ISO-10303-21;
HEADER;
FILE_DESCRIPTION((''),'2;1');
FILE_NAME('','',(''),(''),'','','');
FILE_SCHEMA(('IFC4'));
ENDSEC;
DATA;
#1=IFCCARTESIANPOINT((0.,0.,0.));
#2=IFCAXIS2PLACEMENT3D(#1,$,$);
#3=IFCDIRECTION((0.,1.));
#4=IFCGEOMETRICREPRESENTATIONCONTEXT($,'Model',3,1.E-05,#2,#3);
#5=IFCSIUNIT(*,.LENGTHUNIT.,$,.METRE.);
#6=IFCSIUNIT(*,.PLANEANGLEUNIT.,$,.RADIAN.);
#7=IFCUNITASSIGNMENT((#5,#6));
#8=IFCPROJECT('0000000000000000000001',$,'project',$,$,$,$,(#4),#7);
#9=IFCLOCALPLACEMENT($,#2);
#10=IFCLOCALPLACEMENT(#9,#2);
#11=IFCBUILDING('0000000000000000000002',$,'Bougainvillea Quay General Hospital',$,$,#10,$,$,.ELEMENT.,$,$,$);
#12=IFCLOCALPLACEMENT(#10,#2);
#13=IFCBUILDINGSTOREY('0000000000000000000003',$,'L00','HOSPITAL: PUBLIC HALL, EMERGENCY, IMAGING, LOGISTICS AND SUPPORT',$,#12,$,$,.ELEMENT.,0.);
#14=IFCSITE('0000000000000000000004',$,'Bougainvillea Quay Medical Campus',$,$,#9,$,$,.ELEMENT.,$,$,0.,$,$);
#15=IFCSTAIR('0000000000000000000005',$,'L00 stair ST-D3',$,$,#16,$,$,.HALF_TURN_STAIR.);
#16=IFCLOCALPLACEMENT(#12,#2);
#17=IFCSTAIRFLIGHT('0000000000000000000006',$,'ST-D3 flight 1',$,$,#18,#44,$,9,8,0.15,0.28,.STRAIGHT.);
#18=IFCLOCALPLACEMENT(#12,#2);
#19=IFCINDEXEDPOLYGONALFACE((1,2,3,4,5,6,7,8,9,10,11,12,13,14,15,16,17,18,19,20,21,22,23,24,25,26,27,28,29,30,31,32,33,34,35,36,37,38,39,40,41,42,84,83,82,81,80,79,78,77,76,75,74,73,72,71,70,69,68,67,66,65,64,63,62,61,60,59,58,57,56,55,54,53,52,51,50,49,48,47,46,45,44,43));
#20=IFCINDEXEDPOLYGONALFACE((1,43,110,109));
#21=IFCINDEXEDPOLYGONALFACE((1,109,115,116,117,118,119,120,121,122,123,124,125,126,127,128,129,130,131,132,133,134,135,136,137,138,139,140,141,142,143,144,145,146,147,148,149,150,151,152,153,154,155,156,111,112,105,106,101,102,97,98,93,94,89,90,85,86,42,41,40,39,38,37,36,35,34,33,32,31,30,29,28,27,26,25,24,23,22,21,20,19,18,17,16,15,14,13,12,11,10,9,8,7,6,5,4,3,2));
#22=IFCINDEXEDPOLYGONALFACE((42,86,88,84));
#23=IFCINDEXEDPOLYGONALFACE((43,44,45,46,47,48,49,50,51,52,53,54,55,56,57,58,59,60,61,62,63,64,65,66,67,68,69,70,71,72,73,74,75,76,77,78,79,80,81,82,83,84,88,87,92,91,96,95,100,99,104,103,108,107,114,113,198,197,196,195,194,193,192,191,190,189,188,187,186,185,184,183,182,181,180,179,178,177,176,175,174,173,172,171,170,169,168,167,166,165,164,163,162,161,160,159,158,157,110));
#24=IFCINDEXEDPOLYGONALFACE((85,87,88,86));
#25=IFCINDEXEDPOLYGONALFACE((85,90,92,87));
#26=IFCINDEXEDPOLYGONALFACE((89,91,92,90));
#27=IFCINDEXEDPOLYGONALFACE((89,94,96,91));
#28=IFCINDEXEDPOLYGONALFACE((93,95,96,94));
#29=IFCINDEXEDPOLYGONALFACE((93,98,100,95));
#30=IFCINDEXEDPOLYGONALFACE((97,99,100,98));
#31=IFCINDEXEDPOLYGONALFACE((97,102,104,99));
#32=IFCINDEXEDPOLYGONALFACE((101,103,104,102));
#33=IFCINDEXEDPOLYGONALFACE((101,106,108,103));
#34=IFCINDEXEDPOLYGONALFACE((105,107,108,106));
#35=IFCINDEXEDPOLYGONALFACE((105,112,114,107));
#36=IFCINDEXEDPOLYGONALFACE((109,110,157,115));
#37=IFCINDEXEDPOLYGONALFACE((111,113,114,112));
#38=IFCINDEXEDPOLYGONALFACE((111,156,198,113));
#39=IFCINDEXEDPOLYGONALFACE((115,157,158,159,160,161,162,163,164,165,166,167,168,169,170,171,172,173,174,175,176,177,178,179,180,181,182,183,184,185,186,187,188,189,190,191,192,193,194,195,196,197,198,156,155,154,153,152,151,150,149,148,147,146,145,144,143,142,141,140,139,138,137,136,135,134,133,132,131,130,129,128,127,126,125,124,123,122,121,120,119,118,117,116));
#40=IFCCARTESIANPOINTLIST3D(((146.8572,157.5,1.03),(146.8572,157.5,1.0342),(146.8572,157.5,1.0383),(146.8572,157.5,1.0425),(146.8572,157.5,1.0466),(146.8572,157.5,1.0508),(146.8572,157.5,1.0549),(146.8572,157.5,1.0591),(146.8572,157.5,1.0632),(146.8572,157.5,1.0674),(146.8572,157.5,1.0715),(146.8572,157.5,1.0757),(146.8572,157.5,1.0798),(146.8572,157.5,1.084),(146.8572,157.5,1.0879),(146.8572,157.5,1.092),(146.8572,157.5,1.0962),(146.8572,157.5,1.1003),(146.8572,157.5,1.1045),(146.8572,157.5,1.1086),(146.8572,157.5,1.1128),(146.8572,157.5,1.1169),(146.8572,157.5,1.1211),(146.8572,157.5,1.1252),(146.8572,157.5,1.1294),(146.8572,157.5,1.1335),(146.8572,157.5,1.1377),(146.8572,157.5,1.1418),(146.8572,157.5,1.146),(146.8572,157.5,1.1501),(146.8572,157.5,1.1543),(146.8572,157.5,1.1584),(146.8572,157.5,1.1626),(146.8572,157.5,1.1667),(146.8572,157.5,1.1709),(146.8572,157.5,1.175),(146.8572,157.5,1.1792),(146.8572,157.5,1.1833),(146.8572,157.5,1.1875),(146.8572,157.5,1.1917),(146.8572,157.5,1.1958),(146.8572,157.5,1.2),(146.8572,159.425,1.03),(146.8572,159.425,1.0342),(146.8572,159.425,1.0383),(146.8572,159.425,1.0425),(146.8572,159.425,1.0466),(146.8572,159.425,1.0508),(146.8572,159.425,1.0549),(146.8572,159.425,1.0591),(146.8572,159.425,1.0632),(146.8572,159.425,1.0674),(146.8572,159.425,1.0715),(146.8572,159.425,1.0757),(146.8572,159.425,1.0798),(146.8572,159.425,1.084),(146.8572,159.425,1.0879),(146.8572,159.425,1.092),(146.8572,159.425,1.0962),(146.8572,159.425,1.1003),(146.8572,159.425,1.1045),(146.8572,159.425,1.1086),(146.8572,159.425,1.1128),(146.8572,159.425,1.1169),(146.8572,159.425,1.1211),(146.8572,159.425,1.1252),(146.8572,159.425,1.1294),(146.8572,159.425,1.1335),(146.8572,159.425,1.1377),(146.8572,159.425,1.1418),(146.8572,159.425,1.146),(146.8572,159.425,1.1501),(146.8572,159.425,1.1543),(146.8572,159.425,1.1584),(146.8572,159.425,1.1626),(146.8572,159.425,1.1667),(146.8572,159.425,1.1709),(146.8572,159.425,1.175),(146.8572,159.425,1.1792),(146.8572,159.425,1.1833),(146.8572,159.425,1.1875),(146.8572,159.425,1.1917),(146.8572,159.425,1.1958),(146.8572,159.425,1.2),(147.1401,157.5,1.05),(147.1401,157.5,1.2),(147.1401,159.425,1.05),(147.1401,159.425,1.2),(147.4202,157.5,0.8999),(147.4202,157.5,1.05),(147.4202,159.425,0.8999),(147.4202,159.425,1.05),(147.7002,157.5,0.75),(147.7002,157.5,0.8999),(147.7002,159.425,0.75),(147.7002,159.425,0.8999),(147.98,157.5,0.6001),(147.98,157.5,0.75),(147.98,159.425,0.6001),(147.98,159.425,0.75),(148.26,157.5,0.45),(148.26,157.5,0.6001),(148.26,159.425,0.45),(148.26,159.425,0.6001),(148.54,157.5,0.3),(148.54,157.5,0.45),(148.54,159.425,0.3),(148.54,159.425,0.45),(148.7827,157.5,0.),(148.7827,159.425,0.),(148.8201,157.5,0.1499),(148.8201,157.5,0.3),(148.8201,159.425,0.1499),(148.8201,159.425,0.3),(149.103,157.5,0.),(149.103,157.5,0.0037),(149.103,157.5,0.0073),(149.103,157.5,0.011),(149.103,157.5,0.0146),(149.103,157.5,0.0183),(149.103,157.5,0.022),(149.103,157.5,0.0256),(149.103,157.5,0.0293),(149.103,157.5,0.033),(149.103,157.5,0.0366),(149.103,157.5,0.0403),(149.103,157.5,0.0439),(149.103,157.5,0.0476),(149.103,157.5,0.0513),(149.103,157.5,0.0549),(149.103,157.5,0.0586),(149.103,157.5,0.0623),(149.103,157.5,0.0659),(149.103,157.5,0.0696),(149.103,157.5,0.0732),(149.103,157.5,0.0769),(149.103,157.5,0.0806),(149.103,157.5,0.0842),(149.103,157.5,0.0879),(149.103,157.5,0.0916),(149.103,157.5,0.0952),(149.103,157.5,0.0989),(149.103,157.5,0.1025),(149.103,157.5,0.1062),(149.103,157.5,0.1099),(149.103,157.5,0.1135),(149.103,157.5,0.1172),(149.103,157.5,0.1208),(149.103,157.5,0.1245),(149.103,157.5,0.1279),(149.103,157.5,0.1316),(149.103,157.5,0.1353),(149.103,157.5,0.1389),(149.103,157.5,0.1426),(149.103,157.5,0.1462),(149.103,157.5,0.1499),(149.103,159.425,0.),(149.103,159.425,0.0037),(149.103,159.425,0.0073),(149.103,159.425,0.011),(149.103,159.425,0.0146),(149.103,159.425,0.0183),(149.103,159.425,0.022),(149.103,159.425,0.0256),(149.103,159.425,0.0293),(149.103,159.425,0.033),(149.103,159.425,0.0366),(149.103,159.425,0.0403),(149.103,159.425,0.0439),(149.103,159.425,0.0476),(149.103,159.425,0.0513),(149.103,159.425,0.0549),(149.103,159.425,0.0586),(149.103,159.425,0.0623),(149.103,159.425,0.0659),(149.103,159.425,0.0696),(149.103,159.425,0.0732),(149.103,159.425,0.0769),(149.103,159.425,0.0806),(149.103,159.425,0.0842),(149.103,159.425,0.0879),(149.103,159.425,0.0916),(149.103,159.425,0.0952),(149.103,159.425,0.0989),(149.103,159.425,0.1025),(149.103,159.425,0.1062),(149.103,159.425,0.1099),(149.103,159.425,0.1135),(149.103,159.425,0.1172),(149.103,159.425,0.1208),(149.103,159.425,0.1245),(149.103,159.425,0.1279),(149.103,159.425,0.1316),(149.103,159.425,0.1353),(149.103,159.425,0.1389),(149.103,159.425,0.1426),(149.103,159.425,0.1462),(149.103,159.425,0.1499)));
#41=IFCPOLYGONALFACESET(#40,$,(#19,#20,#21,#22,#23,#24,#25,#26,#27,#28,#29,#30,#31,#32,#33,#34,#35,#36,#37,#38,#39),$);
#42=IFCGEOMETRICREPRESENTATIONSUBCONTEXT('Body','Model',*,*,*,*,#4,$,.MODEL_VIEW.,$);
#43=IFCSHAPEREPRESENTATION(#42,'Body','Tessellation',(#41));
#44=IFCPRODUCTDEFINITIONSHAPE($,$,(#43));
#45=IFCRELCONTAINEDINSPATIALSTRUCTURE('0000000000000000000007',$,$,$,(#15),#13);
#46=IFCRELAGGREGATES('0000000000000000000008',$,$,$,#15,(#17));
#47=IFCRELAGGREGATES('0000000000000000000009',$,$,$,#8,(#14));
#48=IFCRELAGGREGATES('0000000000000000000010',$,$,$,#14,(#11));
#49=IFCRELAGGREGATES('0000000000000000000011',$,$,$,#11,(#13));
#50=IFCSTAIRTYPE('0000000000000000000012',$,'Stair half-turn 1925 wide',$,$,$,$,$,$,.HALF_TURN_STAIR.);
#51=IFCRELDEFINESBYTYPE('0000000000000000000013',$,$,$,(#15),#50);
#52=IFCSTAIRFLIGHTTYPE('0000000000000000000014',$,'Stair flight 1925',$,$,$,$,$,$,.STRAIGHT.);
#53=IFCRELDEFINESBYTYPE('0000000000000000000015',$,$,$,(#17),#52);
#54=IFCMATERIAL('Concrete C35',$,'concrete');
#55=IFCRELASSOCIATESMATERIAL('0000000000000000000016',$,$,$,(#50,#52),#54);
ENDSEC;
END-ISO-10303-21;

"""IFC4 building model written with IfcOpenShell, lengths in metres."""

from ifc_helpers import new_model, si_unit, direction, frame, origin, place, context, subcontext, project, spatial, polyline, outline, extrude, material, type_object, element, aggregate, save


model = new_model("IFC4")

# Units and contexts
model_context = context("Model", 3, precision=1e-05, world=origin(), true_north=direction((0.0, 1.0)))
body_context = subcontext(model_context, "Body", "Model", "MODEL_VIEW")
ifc_project = project(units=[si_unit("LENGTHUNIT", "METRE"), si_unit("PLANEANGLEUNIT", "RADIAN")], contexts=[model_context])

# Site, building, storey
site_placement = place(None, origin())
site = spatial("IfcSite", under=ifc_project, at=site_placement, Name="Bougainvillea Quay Medical Campus", CompositionType="ELEMENT", RefElevation=0.0)
building_placement = place(site_placement, origin())
building = spatial("IfcBuilding", under=site, at=building_placement, Name="Bougainvillea Quay General Hospital", CompositionType="ELEMENT")
storey_placement = place(building_placement, origin())
storey = spatial("IfcBuildingStorey", under=building, at=storey_placement, Name="L00", Description="HOSPITAL: PUBLIC HALL, EMERGENCY, IMAGING, LOGISTICS AND SUPPORT", CompositionType="ELEMENT", Elevation=0.0)

# Stair, stair flight
ifc_material_1 = material(Name="Concrete C35", Category="concrete")
stair_type = type_object("IfcStairType", Name="Stair half-turn 1925 wide", PredefinedType="HALF_TURN_STAIR", material=ifc_material_1)
stair_placement = place(storey_placement, origin())
stair = element("IfcStair", 1, at=stair_placement, inside=storey, type_object=stair_type, Name="L00 stair ST-D3", PredefinedType="HALF_TURN_STAIR")
stair_flight_type = type_object("IfcStairFlightType", Name="Stair flight 1925", PredefinedType="STRAIGHT", material=ifc_material_1)
stair_flight_1_placement = place(storey_placement, frame((149.1001, 158.4624, 0.0), z_axis=(0.0, 0.0, 1.0), x_axis=(-1.0, 0.0, 0.0)))
stair_flight_1 = element("IfcStairFlight", 2, at=stair_flight_1_placement, type_object=stair_flight_type, Name="ST-D3 flight 1", NumberOfRisers=9, NumberOfTreads=8, PredefinedType="STRAIGHT", RiserHeight=0.15, TreadLength=0.28, context=body_context, shape_type="SweptSolid", body=[
    extrude(outline(polyline([(-0.0029, 0.0), (-0.0029, 0.0037), (-0.0029, 0.0073), (-0.0029, 0.011), (-0.0029, 0.0146), (-0.0029, 0.0183), (-0.0029, 0.022), (-0.0029, 0.0256), (-0.0029, 0.0293), (-0.0029, 0.033), (-0.0029, 0.0366), (-0.0029, 0.0403), (-0.0029, 0.0439), (-0.0029, 0.0476), (-0.0029, 0.0513), (-0.0029, 0.0549), (-0.0029, 0.0586), (-0.0029, 0.0623), (-0.0029, 0.0659), (-0.0029, 0.0696), (-0.0029, 0.0732), (-0.0029, 0.0769), (-0.0029, 0.0806), (-0.0029, 0.0842), (-0.0029, 0.0879), (-0.0029, 0.0916), (-0.0029, 0.0952), (-0.0029, 0.0989), (-0.0029, 0.1025), (-0.0029, 0.1062), (-0.0029, 0.1099), (-0.0029, 0.1135), (-0.0029, 0.1172), (-0.0029, 0.1208), (-0.0029, 0.1245), (-0.0029, 0.1279), (-0.0029, 0.1316), (-0.0029, 0.1353), (-0.0029, 0.1389), (-0.0029, 0.1426), (-0.0029, 0.1462), (-0.0029, 0.1499), (0.28, 0.1499), (0.28, 0.3), (0.5601, 0.3), (0.5601, 0.45), (0.8401, 0.45), (0.8401, 0.6001), (1.1201, 0.6001), (1.1201, 0.75), (1.3999, 0.75), (1.3999, 0.8999), (1.6799, 0.8999), (1.6799, 1.05), (1.96, 1.05), (1.96, 1.2), (2.2429, 1.2), (2.2429, 1.1958), (2.2429, 1.1917), (2.2429, 1.1875), (2.2429, 1.1833), (2.2429, 1.1792), (2.2429, 1.175), (2.2429, 1.1709), (2.2429, 1.1667), (2.2429, 1.1626), (2.2429, 1.1584), (2.2429, 1.1543), (2.2429, 1.1501), (2.2429, 1.146), (2.2429, 1.1418), (2.2429, 1.1377), (2.2429, 1.1335), (2.2429, 1.1294), (2.2429, 1.1252), (2.2429, 1.1211), (2.2429, 1.1169), (2.2429, 1.1128), (2.2429, 1.1086), (2.2429, 1.1045), (2.2429, 1.1003), (2.2429, 1.0962), (2.2429, 1.092), (2.2429, 1.0879), (2.2429, 1.084), (2.2429, 1.0798), (2.2429, 1.0757), (2.2429, 1.0715), (2.2429, 1.0674), (2.2429, 1.0632), (2.2429, 1.0591), (2.2429, 1.0549), (2.2429, 1.0508), (2.2429, 1.0466), (2.2429, 1.0425), (2.2429, 1.0383), (2.2429, 1.0342), (2.2429, 1.03), (0.3174, 0.0), (-0.0029, 0.0)])), frame((0.0, 0.9624, 0.0), z_axis=(0.0, -1.0, 0.0), x_axis=(1.0, 0.0, 0.0)), (0.0, 0.0, 1.0), 1.925),
])
aggregate(stair, [stair_flight_1])

save(model, "model.ifc")
